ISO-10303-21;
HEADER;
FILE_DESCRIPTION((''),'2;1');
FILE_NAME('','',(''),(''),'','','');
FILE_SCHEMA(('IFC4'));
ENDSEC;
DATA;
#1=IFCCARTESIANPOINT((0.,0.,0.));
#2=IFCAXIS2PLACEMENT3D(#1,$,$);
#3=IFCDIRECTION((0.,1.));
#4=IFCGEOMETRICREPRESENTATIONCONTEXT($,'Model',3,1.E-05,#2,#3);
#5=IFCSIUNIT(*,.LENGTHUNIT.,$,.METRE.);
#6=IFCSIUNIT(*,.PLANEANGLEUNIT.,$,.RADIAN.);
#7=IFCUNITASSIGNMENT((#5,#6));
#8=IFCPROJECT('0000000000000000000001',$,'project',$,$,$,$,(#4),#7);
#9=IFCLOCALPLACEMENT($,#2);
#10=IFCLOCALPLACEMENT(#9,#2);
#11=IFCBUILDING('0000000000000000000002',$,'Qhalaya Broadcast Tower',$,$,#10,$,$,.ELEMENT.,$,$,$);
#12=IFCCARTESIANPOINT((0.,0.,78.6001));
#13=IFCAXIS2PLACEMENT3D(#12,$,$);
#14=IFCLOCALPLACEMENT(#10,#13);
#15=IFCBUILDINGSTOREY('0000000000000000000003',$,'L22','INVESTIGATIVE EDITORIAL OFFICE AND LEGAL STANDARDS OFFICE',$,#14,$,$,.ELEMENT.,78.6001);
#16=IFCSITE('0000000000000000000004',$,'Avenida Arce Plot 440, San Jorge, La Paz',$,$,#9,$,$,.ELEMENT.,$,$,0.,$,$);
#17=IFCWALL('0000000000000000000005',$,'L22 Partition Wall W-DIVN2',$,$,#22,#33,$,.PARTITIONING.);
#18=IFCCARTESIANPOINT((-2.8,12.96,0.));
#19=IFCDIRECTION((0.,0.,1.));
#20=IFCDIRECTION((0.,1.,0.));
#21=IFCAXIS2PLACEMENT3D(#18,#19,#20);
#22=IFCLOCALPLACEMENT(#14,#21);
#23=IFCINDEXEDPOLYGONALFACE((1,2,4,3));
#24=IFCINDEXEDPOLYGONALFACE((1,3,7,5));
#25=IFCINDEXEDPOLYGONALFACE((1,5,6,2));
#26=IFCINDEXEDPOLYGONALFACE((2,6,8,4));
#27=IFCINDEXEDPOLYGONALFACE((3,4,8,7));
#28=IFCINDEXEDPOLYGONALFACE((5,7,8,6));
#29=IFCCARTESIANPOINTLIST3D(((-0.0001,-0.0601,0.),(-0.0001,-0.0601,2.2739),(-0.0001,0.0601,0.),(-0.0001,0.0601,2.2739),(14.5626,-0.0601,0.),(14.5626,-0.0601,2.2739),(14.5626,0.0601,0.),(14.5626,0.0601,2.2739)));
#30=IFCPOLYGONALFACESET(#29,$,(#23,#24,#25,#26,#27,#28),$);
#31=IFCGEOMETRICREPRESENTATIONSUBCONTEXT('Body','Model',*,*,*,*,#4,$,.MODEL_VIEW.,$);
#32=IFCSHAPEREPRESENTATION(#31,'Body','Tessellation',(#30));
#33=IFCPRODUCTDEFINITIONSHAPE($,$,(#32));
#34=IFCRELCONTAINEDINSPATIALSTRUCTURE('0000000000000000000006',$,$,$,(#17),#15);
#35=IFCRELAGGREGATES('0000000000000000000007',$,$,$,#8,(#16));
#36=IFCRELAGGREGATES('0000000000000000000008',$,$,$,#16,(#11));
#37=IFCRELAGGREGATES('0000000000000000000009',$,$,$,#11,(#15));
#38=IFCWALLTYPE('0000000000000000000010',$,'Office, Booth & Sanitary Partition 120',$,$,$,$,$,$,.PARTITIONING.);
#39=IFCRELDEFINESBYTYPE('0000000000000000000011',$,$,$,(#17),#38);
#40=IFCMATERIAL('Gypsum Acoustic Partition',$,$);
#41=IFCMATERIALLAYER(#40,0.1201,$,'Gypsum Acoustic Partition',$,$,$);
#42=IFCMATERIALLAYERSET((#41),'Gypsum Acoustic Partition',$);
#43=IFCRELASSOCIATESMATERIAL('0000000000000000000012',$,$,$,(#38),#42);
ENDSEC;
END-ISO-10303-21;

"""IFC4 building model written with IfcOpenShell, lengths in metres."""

from ifc_helpers import new_model, si_unit, direction, frame, frame_2d, origin, place, context, subcontext, project, spatial, rectangle, extrude, material, layer, layer_set, type_object, element, save


model = new_model("IFC4")

# Units and contexts
model_context = context("Model", 3, precision=1e-05, world=origin(), true_north=direction((0.0, 1.0)))
body_context = subcontext(model_context, "Body", "Model", "MODEL_VIEW")
ifc_project = project(units=[si_unit("LENGTHUNIT", "METRE"), si_unit("PLANEANGLEUNIT", "RADIAN")], contexts=[model_context])

# Site, building, storey
site_placement = place(None, origin())
site = spatial("IfcSite", under=ifc_project, at=site_placement, Name="Avenida Arce Plot 440, San Jorge, La Paz", CompositionType="ELEMENT", RefElevation=0.0)
building_placement = place(site_placement, origin())
building = spatial("IfcBuilding", under=site, at=building_placement, Name="Qhalaya Broadcast Tower", CompositionType="ELEMENT")
storey_placement = place(building_placement, frame((0.0, 0.0, 78.6001)))
storey = spatial("IfcBuildingStorey", under=building, at=storey_placement, Name="L22", Description="INVESTIGATIVE EDITORIAL OFFICE AND LEGAL STANDARDS OFFICE", CompositionType="ELEMENT", Elevation=78.6001)

# Shared definitions
ifc_material_1 = material(Name="Gypsum Acoustic Partition")

# Wall
ifc_layer_1 = layer(ifc_material_1, 0.1201, Name="Gypsum Acoustic Partition")
ifc_layer_set_1 = layer_set([ifc_layer_1], Name="Gypsum Acoustic Partition")
wall_type_1 = type_object("IfcWallType", Name="Office, Booth & Sanitary Partition 120", PredefinedType="PARTITIONING", material=ifc_layer_set_1)
wall_1_placement = place(storey_placement, frame((-2.8, 12.96, 0.0), z_axis=(0.0, 0.0, 1.0), x_axis=(0.0, 1.0, 0.0)))
element("IfcWall", 1, at=wall_1_placement, inside=storey, type_object=wall_type_1, Name="L22 Partition Wall W-DIVN2", PredefinedType="PARTITIONING", context=body_context, shape_type="SweptSolid", body=[
    extrude(rectangle(XDim=14.5627, YDim=0.1201, at=frame_2d((7.2812, 0.0))), origin(), (0.0, 0.0, 1.0), 2.2739),
])

save(model, "model.ifc")
